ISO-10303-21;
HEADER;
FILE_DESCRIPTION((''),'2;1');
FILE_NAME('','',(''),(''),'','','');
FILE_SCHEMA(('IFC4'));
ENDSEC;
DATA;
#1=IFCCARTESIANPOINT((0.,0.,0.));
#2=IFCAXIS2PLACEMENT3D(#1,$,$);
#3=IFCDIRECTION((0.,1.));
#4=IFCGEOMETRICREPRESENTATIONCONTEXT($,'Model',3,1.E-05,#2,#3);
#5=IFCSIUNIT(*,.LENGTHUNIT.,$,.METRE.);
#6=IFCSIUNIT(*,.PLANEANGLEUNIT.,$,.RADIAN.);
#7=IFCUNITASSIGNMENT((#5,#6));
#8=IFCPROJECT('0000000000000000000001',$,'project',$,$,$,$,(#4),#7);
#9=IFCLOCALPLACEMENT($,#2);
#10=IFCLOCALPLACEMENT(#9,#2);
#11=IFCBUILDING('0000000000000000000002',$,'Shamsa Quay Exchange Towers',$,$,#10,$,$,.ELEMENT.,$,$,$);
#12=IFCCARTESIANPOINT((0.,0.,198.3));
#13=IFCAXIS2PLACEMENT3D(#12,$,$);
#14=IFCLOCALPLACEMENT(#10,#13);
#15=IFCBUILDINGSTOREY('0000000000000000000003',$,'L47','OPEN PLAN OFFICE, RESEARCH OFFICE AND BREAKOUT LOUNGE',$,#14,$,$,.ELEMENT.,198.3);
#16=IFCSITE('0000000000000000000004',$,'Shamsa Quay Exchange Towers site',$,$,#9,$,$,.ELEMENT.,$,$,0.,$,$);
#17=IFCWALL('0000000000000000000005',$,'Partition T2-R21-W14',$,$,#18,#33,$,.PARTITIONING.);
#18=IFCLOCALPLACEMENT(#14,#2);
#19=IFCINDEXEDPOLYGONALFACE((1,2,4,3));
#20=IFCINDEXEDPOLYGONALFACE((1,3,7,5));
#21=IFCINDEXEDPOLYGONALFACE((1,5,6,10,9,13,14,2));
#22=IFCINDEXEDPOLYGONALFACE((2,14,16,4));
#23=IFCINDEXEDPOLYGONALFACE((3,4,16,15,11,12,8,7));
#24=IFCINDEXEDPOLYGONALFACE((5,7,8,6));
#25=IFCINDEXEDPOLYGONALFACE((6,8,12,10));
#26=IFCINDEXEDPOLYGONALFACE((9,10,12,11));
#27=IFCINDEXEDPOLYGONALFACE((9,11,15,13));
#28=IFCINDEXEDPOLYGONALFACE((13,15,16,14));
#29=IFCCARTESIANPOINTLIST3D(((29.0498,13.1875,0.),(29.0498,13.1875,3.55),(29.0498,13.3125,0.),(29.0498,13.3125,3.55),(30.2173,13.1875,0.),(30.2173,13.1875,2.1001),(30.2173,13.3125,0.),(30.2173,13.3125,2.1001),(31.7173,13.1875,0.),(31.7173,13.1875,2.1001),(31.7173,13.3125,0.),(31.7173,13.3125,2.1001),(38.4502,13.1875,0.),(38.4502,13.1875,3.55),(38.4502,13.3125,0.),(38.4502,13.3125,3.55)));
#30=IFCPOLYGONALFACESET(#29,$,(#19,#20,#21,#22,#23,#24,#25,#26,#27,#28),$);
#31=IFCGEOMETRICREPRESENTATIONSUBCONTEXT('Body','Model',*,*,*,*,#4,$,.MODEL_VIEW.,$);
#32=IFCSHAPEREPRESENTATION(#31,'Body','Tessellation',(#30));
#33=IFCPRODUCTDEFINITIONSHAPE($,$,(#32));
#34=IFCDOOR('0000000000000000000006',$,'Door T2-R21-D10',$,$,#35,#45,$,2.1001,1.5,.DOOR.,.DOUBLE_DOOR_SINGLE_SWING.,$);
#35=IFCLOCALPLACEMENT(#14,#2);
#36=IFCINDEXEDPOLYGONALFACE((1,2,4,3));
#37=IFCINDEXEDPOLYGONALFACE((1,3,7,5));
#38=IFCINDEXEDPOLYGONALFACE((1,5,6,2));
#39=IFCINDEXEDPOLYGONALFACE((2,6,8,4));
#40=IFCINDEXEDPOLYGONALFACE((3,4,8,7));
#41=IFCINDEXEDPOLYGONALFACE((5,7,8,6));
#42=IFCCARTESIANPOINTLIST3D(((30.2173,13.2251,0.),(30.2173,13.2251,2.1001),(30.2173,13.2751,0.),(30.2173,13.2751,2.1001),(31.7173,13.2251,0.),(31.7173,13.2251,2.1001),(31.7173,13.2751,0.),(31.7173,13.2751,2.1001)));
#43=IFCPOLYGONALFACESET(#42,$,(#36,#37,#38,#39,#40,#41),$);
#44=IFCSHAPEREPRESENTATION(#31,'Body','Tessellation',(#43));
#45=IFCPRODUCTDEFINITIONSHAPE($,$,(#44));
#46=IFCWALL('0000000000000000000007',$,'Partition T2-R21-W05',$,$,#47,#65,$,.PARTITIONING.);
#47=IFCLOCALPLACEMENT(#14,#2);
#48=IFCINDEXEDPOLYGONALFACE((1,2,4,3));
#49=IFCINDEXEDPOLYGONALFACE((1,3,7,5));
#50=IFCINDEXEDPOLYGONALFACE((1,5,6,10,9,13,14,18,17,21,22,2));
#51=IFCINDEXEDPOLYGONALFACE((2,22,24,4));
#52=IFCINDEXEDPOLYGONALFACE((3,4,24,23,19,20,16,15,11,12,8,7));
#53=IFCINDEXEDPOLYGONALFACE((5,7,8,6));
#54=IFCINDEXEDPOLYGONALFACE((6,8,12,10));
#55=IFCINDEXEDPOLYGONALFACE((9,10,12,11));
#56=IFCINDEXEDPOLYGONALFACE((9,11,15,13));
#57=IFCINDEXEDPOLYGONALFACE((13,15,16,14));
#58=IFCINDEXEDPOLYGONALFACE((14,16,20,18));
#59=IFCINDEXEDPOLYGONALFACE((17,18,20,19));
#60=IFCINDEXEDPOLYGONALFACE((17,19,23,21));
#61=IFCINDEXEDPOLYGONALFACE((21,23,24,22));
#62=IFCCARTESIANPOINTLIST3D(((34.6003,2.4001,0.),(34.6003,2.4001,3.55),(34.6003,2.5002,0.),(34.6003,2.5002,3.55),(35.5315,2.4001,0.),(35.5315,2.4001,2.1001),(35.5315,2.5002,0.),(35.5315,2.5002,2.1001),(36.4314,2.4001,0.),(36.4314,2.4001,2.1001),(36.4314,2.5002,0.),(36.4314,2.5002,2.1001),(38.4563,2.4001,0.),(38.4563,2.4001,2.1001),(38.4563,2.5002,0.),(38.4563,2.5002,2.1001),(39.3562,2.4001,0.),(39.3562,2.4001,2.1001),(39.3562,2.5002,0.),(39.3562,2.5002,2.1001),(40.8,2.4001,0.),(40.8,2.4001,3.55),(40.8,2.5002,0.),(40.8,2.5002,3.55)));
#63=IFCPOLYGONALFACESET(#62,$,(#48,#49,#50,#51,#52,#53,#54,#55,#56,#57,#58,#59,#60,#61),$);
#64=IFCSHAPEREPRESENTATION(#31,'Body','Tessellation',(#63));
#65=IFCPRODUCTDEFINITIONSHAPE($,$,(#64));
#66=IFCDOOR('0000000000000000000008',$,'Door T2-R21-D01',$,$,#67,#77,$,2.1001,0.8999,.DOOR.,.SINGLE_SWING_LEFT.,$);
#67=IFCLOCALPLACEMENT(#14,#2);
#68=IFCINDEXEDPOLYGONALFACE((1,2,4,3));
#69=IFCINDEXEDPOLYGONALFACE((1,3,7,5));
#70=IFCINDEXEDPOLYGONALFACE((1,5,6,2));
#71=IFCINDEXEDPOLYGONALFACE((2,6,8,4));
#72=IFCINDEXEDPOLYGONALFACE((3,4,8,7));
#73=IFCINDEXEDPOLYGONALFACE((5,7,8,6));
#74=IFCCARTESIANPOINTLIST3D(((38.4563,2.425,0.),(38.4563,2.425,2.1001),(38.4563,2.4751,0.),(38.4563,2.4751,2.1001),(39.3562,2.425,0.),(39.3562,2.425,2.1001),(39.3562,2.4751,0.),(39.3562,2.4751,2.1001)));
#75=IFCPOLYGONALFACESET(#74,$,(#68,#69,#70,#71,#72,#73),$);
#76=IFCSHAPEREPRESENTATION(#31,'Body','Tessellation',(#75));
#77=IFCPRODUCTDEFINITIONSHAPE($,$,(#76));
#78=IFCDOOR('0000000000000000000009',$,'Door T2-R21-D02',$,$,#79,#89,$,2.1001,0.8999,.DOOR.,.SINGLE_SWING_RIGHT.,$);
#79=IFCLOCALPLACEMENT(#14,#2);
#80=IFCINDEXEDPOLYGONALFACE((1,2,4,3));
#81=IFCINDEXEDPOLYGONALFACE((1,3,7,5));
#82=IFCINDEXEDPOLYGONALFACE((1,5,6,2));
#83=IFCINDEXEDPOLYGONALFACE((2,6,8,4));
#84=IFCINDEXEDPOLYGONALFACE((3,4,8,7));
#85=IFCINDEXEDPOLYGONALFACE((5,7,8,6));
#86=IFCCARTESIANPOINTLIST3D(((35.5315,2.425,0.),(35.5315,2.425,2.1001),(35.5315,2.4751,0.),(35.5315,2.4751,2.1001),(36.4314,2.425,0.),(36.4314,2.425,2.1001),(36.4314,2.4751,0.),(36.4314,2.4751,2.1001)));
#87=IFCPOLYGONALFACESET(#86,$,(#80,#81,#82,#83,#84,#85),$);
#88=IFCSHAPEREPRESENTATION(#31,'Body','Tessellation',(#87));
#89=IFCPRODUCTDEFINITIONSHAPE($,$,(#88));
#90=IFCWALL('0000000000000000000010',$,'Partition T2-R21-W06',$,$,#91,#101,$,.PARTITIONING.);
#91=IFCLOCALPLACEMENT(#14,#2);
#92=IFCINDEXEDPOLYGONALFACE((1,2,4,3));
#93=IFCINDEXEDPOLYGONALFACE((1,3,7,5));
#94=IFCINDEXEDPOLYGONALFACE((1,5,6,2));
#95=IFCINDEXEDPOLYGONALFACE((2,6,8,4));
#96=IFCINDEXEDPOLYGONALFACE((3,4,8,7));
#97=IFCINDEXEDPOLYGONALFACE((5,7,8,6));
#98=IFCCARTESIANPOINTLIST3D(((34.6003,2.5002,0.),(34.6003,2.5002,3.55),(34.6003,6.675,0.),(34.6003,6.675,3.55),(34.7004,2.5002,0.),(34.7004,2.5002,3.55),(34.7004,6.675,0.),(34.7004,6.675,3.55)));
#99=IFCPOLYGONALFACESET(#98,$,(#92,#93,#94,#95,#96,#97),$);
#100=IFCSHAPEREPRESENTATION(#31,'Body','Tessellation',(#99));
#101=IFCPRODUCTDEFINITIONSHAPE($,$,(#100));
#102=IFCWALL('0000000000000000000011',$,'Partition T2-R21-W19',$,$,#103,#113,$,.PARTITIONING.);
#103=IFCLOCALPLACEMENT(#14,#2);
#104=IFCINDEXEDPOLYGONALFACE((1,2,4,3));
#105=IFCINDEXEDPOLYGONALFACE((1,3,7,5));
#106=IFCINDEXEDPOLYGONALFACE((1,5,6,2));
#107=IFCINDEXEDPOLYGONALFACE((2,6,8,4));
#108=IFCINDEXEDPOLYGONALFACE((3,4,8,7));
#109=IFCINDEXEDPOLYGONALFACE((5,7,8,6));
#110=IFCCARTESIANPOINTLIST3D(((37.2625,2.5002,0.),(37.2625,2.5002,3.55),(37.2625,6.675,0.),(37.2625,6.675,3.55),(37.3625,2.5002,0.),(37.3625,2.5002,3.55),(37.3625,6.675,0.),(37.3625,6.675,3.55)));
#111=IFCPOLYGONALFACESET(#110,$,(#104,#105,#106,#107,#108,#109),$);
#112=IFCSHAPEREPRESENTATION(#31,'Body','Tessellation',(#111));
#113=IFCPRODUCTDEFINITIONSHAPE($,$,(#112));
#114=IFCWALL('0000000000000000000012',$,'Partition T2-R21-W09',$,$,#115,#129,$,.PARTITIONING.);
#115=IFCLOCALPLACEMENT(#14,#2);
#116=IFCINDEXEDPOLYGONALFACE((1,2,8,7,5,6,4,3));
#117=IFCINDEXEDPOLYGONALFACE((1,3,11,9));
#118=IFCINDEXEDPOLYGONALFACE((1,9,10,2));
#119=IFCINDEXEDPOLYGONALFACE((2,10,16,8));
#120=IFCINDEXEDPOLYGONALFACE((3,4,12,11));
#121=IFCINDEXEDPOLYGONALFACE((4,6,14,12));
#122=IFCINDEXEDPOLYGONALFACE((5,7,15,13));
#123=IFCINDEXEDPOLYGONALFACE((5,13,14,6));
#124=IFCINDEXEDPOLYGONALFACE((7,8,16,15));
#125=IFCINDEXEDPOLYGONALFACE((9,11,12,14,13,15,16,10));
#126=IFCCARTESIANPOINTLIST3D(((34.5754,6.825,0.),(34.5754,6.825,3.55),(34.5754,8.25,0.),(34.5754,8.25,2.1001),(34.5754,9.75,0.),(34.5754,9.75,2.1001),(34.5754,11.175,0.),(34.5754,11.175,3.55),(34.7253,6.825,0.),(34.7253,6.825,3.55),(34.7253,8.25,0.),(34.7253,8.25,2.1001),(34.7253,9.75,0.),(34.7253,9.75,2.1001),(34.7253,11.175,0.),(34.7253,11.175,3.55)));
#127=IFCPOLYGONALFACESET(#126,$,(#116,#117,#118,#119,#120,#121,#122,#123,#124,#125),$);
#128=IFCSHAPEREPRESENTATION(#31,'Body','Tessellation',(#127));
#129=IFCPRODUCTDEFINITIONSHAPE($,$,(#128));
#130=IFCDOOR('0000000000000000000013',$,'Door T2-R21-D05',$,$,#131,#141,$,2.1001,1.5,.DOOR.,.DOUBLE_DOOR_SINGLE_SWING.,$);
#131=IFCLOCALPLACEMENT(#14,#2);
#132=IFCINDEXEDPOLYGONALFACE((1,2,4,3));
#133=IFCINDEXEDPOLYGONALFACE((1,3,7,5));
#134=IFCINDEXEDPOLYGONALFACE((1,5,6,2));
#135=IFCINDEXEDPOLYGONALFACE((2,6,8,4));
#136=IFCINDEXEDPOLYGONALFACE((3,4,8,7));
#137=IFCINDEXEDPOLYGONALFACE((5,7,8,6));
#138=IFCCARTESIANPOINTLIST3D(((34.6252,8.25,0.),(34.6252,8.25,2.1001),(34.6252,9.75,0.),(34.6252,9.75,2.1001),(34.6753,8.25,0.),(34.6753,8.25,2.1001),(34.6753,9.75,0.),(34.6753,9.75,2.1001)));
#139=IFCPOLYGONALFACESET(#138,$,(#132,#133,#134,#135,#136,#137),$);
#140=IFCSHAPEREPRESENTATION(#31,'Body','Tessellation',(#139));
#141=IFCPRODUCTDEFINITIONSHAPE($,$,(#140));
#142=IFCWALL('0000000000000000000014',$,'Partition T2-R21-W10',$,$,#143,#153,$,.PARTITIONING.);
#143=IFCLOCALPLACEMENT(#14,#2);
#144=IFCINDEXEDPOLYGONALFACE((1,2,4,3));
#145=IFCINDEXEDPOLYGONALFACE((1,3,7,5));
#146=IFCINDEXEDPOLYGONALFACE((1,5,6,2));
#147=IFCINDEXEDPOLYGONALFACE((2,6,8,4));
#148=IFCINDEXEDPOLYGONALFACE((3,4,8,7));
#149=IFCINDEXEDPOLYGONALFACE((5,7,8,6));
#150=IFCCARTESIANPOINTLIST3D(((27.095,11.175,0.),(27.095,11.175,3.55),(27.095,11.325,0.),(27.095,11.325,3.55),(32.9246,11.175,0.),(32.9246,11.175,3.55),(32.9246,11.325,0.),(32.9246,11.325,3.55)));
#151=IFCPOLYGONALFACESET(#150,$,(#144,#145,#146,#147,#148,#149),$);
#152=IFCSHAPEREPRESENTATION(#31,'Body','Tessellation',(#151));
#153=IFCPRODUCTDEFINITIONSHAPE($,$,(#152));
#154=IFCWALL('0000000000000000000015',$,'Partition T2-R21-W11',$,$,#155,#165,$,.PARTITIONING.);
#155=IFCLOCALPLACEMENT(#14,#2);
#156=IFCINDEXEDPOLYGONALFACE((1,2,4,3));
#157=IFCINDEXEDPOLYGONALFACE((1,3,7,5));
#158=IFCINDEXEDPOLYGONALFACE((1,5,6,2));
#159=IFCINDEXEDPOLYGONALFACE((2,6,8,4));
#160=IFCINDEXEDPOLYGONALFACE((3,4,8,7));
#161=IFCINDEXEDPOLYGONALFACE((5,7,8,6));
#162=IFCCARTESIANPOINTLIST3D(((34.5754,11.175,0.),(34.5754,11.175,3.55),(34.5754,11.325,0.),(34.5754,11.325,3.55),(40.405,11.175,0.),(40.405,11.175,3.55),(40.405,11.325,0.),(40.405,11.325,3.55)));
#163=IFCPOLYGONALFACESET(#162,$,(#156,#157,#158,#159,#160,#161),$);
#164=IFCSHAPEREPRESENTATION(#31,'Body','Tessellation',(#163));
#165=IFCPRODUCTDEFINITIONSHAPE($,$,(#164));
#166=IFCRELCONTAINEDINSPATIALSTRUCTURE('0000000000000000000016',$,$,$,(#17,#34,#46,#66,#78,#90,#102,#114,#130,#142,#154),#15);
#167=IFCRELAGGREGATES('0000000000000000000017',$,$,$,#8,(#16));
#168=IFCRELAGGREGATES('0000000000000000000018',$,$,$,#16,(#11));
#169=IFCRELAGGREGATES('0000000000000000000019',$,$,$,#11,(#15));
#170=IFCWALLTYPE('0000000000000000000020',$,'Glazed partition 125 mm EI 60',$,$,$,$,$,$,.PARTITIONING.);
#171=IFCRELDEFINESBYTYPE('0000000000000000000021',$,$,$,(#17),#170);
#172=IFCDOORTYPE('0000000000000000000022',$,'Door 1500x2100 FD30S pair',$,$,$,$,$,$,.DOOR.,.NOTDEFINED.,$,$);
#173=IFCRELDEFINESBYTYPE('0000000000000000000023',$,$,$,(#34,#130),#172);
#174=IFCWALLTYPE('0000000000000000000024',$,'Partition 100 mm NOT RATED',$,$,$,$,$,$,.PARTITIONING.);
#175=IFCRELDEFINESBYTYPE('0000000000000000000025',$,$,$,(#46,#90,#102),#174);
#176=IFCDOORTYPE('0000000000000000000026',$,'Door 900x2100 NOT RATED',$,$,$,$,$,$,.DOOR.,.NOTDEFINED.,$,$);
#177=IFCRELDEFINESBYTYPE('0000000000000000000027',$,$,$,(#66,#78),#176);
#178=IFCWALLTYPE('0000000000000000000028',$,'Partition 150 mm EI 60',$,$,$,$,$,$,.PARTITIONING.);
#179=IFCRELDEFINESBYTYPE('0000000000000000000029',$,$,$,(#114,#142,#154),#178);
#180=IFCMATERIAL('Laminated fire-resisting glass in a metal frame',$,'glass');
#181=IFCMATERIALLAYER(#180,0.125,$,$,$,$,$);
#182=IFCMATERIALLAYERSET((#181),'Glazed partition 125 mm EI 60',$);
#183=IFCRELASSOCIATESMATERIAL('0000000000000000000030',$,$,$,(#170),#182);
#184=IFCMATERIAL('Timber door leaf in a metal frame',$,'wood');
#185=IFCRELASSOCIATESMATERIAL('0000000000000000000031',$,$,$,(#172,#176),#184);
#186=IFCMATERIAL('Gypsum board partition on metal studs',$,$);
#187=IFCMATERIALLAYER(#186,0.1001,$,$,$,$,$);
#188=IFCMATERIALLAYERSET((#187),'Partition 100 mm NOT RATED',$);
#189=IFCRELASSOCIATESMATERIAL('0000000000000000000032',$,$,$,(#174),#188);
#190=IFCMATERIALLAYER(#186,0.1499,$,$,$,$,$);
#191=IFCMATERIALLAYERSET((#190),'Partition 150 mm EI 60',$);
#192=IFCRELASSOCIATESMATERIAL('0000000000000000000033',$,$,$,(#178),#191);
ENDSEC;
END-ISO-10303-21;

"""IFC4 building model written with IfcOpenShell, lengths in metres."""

from ifc_helpers import new_model, si_unit, direction, frame, frame_2d, origin, place, context, subcontext, project, spatial, rectangle, extrude, material, layer, layer_set, type_object, element, fill, save


model = new_model("IFC4")

# Units and contexts
model_context = context("Model", 3, precision=1e-05, world=origin(), true_north=direction((0.0, 1.0)))
body_context = subcontext(model_context, "Body", "Model", "MODEL_VIEW")
ifc_project = project(units=[si_unit("LENGTHUNIT", "METRE"), si_unit("PLANEANGLEUNIT", "RADIAN")], contexts=[model_context])

# Site, building, storey
site_placement = place(None, origin())
site = spatial("IfcSite", under=ifc_project, at=site_placement, Name="Shamsa Quay Exchange Towers site", CompositionType="ELEMENT", RefElevation=0.0)
building_placement = place(site_placement, origin())
building = spatial("IfcBuilding", under=site, at=building_placement, Name="Shamsa Quay Exchange Towers", CompositionType="ELEMENT")
storey_placement = place(building_placement, frame((0.0, 0.0, 198.3)))
storey = spatial("IfcBuildingStorey", under=building, at=storey_placement, Name="L47", Description="OPEN PLAN OFFICE, RESEARCH OFFICE AND BREAKOUT LOUNGE", CompositionType="ELEMENT", Elevation=198.3)

# Wall, opening, door
ifc_material_1 = material(Name="Laminated fire-resisting glass in a metal frame", Category="glass")
ifc_layer_1 = layer(ifc_material_1, 0.125)
ifc_layer_set_1 = layer_set([ifc_layer_1], Name="Glazed partition 125 mm EI 60")
wall_type_1 = type_object("IfcWallType", Name="Glazed partition 125 mm EI 60", PredefinedType="PARTITIONING", material=ifc_layer_set_1)
ifc_material_2 = material(Name="Timber door leaf in a metal frame", Category="wood")
door_type_1 = type_object("IfcDoorType", Name="Door 1500x2100 FD30S pair", OperationType="NOTDEFINED", PredefinedType="DOOR", material=ifc_material_2)
wall_1_placement = place(storey_placement, frame((38.4502, 13.25, 0.0), z_axis=(0.0, 0.0, 1.0), x_axis=(-1.0, 0.0, 0.0)))
wall_1 = element("IfcWall", 1, at=wall_1_placement, inside=storey, type_object=wall_type_1, Name="Partition T2-R21-W14", PredefinedType="PARTITIONING", context=body_context, shape_type="SweptSolid", body=[
    extrude(rectangle(XDim=9.4004, YDim=0.125, at=frame_2d((4.7002, 0.0))), origin(), (0.0, 0.0, 1.0), 3.55),
])
opening_1_placement = place(wall_1_placement, frame((6.7329, 0.0, 0.0)))
opening_1 = element("IfcOpeningElement", 2, at=opening_1_placement, cuts=wall_1, PredefinedType="OPENING", context=body_context, shape_type="SweptSolid", body=[
    extrude(rectangle(XDim=1.5, YDim=2.1001, at=frame_2d((0.75, 1.05))), frame((0.0, 0.0725, 0.0), z_axis=(0.0, -1.0, 0.0), x_axis=(1.0, 0.0, 0.0)), (0.0, 0.0, 1.0), 0.145),
])
door_1_placement = place(opening_1_placement, origin())
door_1 = element("IfcDoor", 3, at=door_1_placement, inside=storey, type_object=door_type_1, Name="Door T2-R21-D10", OperationType="DOUBLE_DOOR_SINGLE_SWING", OverallHeight=2.1001, OverallWidth=1.5, PredefinedType="DOOR", context=body_context, shape_type="SweptSolid", body=[
    extrude(rectangle(XDim=1.5, YDim=2.1001, at=frame_2d((0.75, 1.05))), frame((0.0, 0.0249, 0.0), z_axis=(0.0, -1.0, 0.0), x_axis=(1.0, 0.0, 0.0)), (0.0, 0.0, 1.0), 0.05),
])
fill(opening_1, door_1)

# Wall, openings, doors
ifc_material_3 = material(Name="Gypsum board partition on metal studs")
ifc_layer_2 = layer(ifc_material_3, 0.1001)
ifc_layer_set_2 = layer_set([ifc_layer_2], Name="Partition 100 mm NOT RATED")
wall_type_2 = type_object("IfcWallType", Name="Partition 100 mm NOT RATED", PredefinedType="PARTITIONING", material=ifc_layer_set_2)
wall_2_placement = place(storey_placement, frame((34.6003, 2.4502, 0.0)))
wall_2 = element("IfcWall", 4, at=wall_2_placement, inside=storey, type_object=wall_type_2, Name="Partition T2-R21-W05", PredefinedType="PARTITIONING", context=body_context, shape_type="SweptSolid", body=[
    extrude(rectangle(XDim=6.1997, YDim=0.1001, at=frame_2d((3.0999, 0.0))), origin(), (0.0, 0.0, 1.0), 3.55),
])
opening_2_placement = place(wall_2_placement, frame((3.856, 0.0, 0.0)))
opening_2 = element("IfcOpeningElement", 5, at=opening_2_placement, cuts=wall_2, PredefinedType="OPENING", context=body_context, shape_type="SweptSolid", body=[
    extrude(rectangle(XDim=0.8999, YDim=2.1001, at=frame_2d((0.45, 1.05))), frame((0.0, 0.0601, 0.0), z_axis=(0.0, -1.0, 0.0), x_axis=(1.0, 0.0, 0.0)), (0.0, 0.0, 1.0), 0.1201),
])
opening_3_placement = place(wall_2_placement, frame((0.9312, 0.0, 0.0)))
opening_3 = element("IfcOpeningElement", 6, at=opening_3_placement, cuts=wall_2, PredefinedType="OPENING", context=body_context, shape_type="SweptSolid", body=[
    extrude(rectangle(XDim=0.8999, YDim=2.1001, at=frame_2d((0.45, 1.05))), frame((0.0, 0.0601, 0.0), z_axis=(0.0, -1.0, 0.0), x_axis=(1.0, 0.0, 0.0)), (0.0, 0.0, 1.0), 0.1201),
])
door_type_2 = type_object("IfcDoorType", Name="Door 900x2100 NOT RATED", OperationType="NOTDEFINED", PredefinedType="DOOR", material=ifc_material_2)
door_2_placement = place(opening_2_placement, origin())
door_2 = element("IfcDoor", 7, at=door_2_placement, inside=storey, type_object=door_type_2, Name="Door T2-R21-D01", OperationType="SINGLE_SWING_LEFT", OverallHeight=2.1001, OverallWidth=0.8999, PredefinedType="DOOR", context=body_context, shape_type="SweptSolid", body=[
    extrude(rectangle(XDim=0.8999, YDim=2.1001, at=frame_2d((0.45, 1.05))), frame((0.0, 0.0249, 0.0), z_axis=(0.0, -1.0, 0.0), x_axis=(1.0, 0.0, 0.0)), (0.0, 0.0, 1.0), 0.05),
])
fill(opening_2, door_2)
door_3_placement = place(opening_3_placement, origin())
door_3 = element("IfcDoor", 8, at=door_3_placement, inside=storey, type_object=door_type_2, Name="Door T2-R21-D02", OperationType="SINGLE_SWING_RIGHT", OverallHeight=2.1001, OverallWidth=0.8999, PredefinedType="DOOR", context=body_context, shape_type="SweptSolid", body=[
    extrude(rectangle(XDim=0.8999, YDim=2.1001, at=frame_2d((0.45, 1.05))), frame((0.0, 0.0249, 0.0), z_axis=(0.0, -1.0, 0.0), x_axis=(1.0, 0.0, 0.0)), (0.0, 0.0, 1.0), 0.05),
])
fill(opening_3, door_3)

# Walls
for number, where, z_axis, x_axis, name in (
    (9, (34.6504, 6.675, 0.0), (0.0, 0.0, 1.0), (0.0, -1.0, 0.0), "Partition T2-R21-W06"),
    (10, (37.3125, 6.675, 0.0), (0.0, 0.0, 1.0), (0.0, -1.0, 0.0), "Partition T2-R21-W19"),
):
    element("IfcWall", number, at=place(storey_placement, frame(where, z_axis=z_axis, x_axis=x_axis)), inside=storey, type_object=wall_type_2, Name=name, PredefinedType="PARTITIONING", context=body_context, shape_type="SweptSolid", body=[
        extrude(rectangle(XDim=4.1748, YDim=0.1001, at=frame_2d((2.0874, 0.0))), origin(), (0.0, 0.0, 1.0), 3.55),
    ])

# Wall, opening, door
ifc_layer_3 = layer(ifc_material_3, 0.1499)
ifc_layer_set_3 = layer_set([ifc_layer_3], Name="Partition 150 mm EI 60")
wall_type_3 = type_object("IfcWallType", Name="Partition 150 mm EI 60", PredefinedType="PARTITIONING", material=ifc_layer_set_3)
wall_3_placement = place(storey_placement, frame((34.6504, 11.175, 0.0), z_axis=(0.0, 0.0, 1.0), x_axis=(0.0, -1.0, 0.0)))
wall_3 = element("IfcWall", 11, at=wall_3_placement, inside=storey, type_object=wall_type_3, Name="Partition T2-R21-W09", PredefinedType="PARTITIONING", context=body_context, shape_type="SweptSolid", body=[
    extrude(rectangle(XDim=4.3501, YDim=0.1499, at=frame_2d((2.175, 0.0))), origin(), (0.0, 0.0, 1.0), 3.55),
])
opening_4_placement = place(wall_3_placement, frame((1.425, 0.0, 0.0)))
opening_4 = element("IfcOpeningElement", 12, at=opening_4_placement, cuts=wall_3, PredefinedType="OPENING", context=body_context, shape_type="SweptSolid", body=[
    extrude(rectangle(XDim=1.5, YDim=2.1001, at=frame_2d((0.75, 1.05))), frame((0.0, 0.085, 0.0), z_axis=(0.0, -1.0, 0.0), x_axis=(1.0, 0.0, 0.0)), (0.0, 0.0, 1.0), 0.1699),
])
door_4_placement = place(opening_4_placement, origin())
door_4 = element("IfcDoor", 13, at=door_4_placement, inside=storey, type_object=door_type_1, Name="Door T2-R21-D05", OperationType="DOUBLE_DOOR_SINGLE_SWING", OverallHeight=2.1001, OverallWidth=1.5, PredefinedType="DOOR", context=body_context, shape_type="SweptSolid", body=[
    extrude(rectangle(XDim=1.5, YDim=2.1001, at=frame_2d((0.75, 1.05))), frame((0.0, 0.0249, 0.0), z_axis=(0.0, -1.0, 0.0), x_axis=(1.0, 0.0, 0.0)), (0.0, 0.0, 1.0), 0.05),
])
fill(opening_4, door_4)

# Walls
for number, where, z_axis, x_axis, name in (
    (14, (32.9246, 11.25, 0.0), (0.0, 0.0, 1.0), (-1.0, 0.0, 0.0), "Partition T2-R21-W10"),
    (15, (40.405, 11.25, 0.0), (0.0, 0.0, 1.0), (-1.0, 0.0, 0.0), "Partition T2-R21-W11"),
):
    element("IfcWall", number, at=place(storey_placement, frame(where, z_axis=z_axis, x_axis=x_axis)), inside=storey, type_object=wall_type_3, Name=name, PredefinedType="PARTITIONING", context=body_context, shape_type="SweptSolid", body=[
        extrude(rectangle(XDim=5.8296, YDim=0.1499, at=frame_2d((2.9148, 0.0))), origin(), (0.0, 0.0, 1.0), 3.55),
    ])

save(model, "model.ifc")
